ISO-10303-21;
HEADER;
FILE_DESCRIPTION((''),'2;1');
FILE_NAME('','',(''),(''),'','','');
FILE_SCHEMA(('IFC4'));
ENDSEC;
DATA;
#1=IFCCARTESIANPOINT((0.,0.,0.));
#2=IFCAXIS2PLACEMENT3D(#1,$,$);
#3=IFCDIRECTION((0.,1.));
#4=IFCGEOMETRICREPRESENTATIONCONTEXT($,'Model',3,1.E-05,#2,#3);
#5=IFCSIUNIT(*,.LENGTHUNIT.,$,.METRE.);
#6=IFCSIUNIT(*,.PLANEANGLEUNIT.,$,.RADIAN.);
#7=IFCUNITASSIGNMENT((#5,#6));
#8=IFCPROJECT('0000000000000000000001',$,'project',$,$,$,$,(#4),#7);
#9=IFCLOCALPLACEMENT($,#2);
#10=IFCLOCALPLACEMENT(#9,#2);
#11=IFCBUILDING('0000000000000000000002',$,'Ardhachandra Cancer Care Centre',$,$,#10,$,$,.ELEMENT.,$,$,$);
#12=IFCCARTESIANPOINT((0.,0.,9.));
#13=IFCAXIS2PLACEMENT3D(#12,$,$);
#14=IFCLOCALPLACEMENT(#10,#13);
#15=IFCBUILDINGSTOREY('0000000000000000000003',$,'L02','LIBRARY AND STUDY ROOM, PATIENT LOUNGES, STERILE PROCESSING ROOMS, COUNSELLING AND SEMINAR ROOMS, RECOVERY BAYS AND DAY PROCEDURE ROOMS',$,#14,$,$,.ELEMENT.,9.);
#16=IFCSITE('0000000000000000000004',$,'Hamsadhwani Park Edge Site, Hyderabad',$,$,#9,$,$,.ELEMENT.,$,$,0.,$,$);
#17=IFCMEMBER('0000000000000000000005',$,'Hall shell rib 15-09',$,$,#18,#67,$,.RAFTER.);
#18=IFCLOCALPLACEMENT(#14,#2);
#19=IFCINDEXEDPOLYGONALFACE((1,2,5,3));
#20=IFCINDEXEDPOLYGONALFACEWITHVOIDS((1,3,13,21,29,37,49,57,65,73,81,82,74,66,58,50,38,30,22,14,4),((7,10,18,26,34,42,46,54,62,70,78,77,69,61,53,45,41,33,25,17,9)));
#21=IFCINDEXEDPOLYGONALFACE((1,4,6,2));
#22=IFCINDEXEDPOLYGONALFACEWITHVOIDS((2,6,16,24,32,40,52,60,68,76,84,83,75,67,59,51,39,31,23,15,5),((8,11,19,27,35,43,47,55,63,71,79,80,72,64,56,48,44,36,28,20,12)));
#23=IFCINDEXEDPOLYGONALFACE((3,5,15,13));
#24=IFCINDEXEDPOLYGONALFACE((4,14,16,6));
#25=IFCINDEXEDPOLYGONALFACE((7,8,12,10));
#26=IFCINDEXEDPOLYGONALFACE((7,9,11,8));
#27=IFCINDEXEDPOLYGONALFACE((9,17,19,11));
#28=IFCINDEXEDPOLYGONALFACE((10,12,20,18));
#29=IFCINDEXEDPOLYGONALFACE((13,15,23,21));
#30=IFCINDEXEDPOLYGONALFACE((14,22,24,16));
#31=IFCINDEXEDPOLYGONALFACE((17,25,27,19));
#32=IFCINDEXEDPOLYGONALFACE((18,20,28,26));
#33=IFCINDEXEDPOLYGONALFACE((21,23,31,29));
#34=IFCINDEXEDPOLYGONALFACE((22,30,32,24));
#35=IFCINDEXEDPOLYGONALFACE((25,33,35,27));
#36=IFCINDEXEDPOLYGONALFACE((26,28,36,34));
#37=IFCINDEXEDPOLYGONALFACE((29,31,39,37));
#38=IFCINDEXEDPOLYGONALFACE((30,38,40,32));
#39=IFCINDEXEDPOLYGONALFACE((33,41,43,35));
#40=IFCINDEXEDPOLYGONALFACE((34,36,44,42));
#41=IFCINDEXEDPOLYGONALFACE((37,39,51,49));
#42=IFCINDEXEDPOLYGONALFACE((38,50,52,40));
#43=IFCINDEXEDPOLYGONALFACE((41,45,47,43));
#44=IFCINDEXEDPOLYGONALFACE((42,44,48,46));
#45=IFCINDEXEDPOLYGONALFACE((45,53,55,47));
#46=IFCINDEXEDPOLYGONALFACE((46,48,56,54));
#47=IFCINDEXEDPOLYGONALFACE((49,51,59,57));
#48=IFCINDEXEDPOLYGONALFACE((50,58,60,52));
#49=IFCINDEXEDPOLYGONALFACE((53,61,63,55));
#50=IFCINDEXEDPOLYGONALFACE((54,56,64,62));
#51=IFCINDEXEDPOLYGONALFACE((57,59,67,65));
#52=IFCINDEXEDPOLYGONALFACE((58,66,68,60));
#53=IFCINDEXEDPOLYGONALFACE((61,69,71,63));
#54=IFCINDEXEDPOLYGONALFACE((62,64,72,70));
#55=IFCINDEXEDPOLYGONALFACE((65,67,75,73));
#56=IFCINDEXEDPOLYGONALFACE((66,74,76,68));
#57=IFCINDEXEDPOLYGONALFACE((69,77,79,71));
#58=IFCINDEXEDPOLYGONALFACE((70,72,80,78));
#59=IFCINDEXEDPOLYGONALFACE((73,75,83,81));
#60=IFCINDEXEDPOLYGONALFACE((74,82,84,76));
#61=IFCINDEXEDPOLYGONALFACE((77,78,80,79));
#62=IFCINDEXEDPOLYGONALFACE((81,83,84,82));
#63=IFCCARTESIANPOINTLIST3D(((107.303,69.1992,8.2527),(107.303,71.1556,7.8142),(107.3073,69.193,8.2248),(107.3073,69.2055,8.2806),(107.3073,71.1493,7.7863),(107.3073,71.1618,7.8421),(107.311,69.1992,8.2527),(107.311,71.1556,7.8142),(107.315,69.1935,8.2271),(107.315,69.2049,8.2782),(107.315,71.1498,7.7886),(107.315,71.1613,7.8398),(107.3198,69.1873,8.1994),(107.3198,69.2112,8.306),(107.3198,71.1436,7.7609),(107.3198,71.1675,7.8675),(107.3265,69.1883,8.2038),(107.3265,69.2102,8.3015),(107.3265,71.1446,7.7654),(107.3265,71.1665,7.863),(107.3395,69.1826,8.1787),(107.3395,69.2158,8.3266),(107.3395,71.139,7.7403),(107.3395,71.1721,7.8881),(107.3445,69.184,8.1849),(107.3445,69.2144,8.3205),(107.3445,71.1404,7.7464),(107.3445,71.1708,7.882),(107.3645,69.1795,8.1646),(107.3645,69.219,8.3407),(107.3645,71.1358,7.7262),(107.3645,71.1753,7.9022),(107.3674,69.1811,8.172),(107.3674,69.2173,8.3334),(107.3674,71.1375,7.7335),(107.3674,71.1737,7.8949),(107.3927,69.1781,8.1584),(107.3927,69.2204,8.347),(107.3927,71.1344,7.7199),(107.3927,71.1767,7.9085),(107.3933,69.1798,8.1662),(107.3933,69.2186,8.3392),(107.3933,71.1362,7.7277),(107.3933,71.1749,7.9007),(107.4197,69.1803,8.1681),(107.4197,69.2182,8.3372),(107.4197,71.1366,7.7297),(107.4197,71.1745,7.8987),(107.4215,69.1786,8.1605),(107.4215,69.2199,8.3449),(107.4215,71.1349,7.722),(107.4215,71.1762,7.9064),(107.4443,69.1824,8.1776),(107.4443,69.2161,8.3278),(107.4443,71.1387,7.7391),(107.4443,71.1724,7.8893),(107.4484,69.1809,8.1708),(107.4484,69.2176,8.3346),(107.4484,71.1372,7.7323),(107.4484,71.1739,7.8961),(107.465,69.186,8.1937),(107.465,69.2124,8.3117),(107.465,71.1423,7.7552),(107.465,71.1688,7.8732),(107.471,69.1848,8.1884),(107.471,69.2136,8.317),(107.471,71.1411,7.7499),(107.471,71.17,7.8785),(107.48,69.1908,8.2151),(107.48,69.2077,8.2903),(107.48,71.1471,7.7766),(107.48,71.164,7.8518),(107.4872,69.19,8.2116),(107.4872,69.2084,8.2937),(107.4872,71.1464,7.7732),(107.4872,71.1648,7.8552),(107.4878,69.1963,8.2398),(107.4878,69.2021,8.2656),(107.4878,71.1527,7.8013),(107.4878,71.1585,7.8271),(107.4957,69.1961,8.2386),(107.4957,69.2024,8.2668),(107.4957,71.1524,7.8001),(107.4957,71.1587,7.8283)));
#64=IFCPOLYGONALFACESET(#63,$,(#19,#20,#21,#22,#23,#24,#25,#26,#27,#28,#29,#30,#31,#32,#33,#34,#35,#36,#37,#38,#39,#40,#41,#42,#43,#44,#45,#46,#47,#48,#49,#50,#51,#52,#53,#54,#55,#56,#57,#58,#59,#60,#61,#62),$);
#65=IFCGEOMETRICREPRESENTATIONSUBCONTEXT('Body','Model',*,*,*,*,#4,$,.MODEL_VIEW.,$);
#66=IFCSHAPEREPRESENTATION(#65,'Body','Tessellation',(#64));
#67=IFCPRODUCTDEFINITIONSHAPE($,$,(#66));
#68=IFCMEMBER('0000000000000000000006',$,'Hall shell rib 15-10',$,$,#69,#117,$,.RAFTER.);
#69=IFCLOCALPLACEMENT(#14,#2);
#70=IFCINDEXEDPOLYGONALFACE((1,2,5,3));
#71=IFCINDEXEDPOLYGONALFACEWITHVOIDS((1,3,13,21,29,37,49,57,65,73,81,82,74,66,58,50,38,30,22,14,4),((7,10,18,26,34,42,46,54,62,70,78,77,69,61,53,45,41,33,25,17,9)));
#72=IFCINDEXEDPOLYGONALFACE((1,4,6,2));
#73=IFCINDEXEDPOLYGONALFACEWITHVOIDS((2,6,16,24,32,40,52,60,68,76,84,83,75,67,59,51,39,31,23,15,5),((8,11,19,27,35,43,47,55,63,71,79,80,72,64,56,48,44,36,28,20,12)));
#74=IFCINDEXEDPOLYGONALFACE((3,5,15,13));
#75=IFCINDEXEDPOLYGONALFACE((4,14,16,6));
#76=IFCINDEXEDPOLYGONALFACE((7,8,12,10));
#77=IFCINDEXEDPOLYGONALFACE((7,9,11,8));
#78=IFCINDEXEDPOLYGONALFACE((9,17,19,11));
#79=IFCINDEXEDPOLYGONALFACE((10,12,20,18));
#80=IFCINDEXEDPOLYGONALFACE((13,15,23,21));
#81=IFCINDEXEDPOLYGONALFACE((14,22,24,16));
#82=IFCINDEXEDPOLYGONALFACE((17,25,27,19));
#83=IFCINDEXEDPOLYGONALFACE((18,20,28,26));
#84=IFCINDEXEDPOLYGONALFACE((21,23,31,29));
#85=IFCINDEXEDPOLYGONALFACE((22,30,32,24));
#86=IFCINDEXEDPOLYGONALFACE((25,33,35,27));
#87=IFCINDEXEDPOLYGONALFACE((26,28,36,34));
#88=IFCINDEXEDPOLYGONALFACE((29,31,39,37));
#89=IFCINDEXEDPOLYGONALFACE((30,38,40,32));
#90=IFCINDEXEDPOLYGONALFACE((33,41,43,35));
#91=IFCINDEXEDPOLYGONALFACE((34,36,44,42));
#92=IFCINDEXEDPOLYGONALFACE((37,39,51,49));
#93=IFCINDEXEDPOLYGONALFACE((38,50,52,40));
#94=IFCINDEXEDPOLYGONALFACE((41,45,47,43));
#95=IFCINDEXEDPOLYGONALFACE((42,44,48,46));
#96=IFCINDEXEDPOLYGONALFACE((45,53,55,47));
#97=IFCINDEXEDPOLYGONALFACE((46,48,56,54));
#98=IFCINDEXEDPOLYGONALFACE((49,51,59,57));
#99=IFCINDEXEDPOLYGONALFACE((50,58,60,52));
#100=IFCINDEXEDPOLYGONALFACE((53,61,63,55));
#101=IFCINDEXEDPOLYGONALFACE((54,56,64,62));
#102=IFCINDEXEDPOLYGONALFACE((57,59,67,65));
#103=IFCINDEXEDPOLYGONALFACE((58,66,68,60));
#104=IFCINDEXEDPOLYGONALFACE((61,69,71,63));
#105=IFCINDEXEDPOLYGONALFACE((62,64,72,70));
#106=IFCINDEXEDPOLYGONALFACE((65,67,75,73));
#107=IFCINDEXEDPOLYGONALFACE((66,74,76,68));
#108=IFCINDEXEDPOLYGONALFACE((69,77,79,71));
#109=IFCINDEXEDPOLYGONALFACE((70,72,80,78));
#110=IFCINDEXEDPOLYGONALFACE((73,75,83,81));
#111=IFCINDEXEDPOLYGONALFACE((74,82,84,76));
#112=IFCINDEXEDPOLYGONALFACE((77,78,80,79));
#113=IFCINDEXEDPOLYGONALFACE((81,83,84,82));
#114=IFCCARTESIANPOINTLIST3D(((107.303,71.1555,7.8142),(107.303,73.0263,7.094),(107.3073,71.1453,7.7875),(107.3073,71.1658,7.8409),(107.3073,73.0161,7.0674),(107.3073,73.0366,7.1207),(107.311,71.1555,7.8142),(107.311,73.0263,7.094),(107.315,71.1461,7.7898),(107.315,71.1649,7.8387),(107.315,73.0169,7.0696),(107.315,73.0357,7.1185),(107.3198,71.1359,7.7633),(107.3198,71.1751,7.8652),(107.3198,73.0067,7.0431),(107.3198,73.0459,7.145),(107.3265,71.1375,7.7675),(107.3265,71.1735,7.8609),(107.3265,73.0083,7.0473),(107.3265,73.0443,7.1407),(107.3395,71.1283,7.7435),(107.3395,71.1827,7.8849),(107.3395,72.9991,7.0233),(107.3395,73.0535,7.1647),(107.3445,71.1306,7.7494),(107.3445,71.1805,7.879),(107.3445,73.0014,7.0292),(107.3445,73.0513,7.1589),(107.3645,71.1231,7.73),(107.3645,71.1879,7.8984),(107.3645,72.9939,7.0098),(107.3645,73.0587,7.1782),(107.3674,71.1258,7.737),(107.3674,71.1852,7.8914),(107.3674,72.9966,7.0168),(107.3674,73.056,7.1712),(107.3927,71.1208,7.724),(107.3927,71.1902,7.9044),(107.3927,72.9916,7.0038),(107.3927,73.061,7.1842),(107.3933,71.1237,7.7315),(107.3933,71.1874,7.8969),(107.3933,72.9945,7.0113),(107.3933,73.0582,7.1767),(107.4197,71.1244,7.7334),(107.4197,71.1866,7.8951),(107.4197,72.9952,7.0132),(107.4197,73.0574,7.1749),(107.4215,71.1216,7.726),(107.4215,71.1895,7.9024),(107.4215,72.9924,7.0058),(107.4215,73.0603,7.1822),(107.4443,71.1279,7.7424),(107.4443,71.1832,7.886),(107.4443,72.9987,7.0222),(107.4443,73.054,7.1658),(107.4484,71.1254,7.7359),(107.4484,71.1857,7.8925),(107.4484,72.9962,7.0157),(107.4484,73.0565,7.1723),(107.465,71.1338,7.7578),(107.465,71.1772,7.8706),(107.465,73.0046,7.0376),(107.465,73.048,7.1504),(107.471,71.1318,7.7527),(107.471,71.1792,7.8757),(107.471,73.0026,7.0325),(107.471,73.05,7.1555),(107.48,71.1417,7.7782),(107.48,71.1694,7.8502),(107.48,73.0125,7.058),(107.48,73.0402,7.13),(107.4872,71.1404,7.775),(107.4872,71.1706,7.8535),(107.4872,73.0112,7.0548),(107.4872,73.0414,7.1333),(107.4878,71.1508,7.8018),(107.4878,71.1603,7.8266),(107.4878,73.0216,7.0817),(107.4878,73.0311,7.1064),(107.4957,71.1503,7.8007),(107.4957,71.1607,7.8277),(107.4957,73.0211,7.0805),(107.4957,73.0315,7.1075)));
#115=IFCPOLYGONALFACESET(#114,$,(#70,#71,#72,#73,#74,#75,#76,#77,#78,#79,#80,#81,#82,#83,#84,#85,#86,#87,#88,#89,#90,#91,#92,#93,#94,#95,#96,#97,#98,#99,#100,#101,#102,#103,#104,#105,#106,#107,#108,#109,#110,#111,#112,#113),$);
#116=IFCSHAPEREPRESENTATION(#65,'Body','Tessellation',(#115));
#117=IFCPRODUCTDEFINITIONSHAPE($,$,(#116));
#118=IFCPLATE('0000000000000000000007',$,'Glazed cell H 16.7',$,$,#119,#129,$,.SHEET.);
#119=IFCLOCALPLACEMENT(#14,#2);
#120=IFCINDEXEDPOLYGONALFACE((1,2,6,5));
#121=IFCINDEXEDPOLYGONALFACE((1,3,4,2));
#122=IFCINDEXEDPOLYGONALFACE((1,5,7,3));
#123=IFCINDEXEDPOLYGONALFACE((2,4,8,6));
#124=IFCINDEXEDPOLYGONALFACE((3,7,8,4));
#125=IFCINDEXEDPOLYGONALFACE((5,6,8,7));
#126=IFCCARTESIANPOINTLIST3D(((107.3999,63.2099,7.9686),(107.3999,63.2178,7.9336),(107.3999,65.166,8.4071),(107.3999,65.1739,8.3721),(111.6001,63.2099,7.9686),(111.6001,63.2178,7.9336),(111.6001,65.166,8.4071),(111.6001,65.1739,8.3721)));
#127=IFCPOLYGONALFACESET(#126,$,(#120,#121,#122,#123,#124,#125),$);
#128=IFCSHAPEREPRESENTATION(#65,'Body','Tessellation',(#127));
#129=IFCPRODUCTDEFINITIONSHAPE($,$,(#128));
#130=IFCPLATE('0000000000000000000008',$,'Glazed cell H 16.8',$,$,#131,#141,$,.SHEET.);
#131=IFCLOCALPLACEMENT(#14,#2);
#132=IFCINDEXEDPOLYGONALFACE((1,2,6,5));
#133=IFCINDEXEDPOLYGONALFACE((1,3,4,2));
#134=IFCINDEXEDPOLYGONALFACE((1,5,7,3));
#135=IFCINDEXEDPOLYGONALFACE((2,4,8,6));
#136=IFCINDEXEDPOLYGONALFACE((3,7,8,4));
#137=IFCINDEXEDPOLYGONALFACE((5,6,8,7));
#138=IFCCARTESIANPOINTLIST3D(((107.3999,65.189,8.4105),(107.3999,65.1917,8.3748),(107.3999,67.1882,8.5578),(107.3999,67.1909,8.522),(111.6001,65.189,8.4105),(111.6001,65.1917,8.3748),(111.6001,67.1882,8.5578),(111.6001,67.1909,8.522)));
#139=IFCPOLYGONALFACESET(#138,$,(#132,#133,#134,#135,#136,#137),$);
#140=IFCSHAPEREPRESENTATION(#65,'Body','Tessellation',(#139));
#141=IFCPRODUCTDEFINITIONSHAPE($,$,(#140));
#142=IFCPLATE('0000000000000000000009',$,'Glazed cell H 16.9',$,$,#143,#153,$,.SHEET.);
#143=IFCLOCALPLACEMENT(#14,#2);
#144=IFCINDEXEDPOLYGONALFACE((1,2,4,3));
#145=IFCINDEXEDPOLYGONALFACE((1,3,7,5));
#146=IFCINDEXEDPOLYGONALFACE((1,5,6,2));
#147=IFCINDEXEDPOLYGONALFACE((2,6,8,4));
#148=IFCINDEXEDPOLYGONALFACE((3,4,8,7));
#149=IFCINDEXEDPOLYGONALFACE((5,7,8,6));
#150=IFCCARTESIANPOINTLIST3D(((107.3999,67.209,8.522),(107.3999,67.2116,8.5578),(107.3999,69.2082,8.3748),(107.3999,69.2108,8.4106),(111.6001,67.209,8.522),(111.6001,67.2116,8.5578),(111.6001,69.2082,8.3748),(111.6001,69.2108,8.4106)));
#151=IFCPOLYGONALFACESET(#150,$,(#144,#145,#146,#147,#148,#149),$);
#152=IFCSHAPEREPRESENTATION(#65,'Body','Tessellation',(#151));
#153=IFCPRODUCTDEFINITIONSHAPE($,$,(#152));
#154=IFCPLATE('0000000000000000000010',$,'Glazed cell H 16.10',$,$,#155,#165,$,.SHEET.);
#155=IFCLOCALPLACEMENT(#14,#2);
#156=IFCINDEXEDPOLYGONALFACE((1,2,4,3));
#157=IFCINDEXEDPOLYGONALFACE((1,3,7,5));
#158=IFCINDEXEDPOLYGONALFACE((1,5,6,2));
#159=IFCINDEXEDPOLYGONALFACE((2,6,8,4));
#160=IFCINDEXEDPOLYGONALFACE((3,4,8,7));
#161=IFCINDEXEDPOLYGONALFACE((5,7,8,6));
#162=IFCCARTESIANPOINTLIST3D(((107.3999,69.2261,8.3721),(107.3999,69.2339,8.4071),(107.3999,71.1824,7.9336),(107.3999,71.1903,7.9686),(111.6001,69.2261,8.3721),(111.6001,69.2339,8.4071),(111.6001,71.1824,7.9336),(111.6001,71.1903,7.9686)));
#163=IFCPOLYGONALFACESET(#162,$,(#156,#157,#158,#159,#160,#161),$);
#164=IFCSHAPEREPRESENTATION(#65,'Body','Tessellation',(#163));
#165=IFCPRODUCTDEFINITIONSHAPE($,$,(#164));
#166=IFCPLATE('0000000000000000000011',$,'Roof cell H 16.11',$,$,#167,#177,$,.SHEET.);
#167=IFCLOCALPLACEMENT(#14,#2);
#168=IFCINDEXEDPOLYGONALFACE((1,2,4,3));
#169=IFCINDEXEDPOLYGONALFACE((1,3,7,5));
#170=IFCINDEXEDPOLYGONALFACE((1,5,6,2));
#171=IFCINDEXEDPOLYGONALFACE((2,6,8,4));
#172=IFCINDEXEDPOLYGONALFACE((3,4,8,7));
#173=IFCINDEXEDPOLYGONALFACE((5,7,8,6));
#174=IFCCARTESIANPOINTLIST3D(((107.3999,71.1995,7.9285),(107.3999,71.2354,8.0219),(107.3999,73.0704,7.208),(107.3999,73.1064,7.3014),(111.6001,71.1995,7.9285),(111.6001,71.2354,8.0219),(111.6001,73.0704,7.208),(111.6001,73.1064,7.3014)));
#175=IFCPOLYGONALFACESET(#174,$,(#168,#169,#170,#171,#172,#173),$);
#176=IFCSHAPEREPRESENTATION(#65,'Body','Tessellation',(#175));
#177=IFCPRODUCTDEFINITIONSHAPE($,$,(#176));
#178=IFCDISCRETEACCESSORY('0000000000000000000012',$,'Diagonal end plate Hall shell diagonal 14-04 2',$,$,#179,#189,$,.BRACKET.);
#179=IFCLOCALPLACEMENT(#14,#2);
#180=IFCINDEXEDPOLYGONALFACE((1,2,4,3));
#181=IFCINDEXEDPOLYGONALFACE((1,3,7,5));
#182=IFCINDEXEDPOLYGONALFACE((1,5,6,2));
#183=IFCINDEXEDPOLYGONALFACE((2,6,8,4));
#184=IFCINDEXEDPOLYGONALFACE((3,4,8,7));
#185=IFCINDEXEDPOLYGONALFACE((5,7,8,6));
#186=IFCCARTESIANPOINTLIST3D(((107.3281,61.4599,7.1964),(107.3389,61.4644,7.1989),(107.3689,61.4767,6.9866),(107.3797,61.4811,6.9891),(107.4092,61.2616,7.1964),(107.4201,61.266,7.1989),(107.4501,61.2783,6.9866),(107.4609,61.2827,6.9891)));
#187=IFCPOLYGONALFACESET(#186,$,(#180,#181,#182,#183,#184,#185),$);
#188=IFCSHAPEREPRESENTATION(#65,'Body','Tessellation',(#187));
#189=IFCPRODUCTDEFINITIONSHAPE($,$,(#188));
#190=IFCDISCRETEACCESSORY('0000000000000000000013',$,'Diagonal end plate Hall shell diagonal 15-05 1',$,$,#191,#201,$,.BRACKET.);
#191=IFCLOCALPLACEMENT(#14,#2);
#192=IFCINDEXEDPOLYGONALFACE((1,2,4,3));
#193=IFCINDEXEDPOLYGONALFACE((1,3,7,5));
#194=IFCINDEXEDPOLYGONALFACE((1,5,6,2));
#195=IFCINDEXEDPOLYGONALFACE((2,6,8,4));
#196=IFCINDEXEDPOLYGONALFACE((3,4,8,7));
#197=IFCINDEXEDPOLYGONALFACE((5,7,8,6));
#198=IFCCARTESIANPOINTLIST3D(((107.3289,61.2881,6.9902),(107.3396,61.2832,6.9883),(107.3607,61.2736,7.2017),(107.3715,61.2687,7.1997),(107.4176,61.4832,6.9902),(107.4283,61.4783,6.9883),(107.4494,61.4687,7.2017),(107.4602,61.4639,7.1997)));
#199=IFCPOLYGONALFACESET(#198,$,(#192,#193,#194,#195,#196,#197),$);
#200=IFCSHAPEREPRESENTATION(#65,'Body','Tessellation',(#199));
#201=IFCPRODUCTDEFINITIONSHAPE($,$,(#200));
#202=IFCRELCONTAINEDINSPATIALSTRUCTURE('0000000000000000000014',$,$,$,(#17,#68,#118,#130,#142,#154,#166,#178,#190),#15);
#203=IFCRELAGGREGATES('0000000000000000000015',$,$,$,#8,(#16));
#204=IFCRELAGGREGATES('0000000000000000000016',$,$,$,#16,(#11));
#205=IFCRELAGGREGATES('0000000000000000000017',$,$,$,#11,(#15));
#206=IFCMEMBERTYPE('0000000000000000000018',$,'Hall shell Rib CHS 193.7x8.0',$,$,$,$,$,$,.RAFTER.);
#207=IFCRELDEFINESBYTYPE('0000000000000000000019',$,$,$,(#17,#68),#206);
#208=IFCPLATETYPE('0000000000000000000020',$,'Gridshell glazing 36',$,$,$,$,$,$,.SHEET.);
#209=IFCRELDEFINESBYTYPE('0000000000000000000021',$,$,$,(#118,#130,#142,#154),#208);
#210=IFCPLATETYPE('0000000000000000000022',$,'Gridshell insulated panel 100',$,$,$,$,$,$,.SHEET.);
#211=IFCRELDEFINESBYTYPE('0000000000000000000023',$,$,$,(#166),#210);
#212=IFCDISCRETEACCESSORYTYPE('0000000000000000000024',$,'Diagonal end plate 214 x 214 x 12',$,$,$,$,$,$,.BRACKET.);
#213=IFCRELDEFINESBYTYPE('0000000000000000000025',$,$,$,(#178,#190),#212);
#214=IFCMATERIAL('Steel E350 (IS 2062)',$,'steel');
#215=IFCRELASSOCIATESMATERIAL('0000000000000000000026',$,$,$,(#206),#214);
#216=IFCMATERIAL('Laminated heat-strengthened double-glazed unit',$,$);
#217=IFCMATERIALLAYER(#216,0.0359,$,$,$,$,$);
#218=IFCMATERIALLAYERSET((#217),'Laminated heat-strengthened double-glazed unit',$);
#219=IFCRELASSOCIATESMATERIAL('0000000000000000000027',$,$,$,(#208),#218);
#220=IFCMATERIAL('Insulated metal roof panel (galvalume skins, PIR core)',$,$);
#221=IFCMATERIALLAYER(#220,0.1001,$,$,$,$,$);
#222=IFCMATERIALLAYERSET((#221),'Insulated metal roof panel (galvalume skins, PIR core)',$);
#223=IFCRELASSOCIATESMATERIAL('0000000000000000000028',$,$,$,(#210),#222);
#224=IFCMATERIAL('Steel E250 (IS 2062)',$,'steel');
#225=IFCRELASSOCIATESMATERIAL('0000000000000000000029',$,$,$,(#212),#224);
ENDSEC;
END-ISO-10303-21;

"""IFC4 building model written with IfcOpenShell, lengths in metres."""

from ifc_helpers import new_model, si_unit, direction, frame, origin, origin_2d, place, context, subcontext, project, spatial, polyline, rectangle, hollow_circle, outline, extrude, material, layer, layer_set, material_profile, profile_set, type_object, element, save


model = new_model("IFC4")

# Units and contexts
model_context = context("Model", 3, precision=1e-05, world=origin(), true_north=direction((0.0, 1.0)))
body_context = subcontext(model_context, "Body", "Model", "MODEL_VIEW")
ifc_project = project(units=[si_unit("LENGTHUNIT", "METRE"), si_unit("PLANEANGLEUNIT", "RADIAN")], contexts=[model_context])

# Site, building, storey
site_placement = place(None, origin())
site = spatial("IfcSite", under=ifc_project, at=site_placement, Name="Hamsadhwani Park Edge Site, Hyderabad", CompositionType="ELEMENT", RefElevation=0.0)
building_placement = place(site_placement, origin())
building = spatial("IfcBuilding", under=site, at=building_placement, Name="Ardhachandra Cancer Care Centre", CompositionType="ELEMENT")
storey_placement = place(building_placement, frame((0.0, 0.0, 9.0)))
storey = spatial("IfcBuildingStorey", under=building, at=storey_placement, Name="L02", Description="LIBRARY AND STUDY ROOM, PATIENT LOUNGES, STERILE PROCESSING ROOMS, COUNSELLING AND SEMINAR ROOMS, RECOVERY BAYS AND DAY PROCEDURE ROOMS", CompositionType="ELEMENT", Elevation=9.0)

# Members
ifc_material_1 = material(Name="Steel E350 (IS 2062)", Category="steel")
ifc_material_profile_1 = material_profile(ifc_material_1, hollow_circle(Radius=0.0969, WallThickness=0.0081, at=origin_2d()), Name="CHS 193.7x8.0")
ifc_profile_set_1 = profile_set([ifc_material_profile_1], Name="Steel E350 (IS 2062)")
member_type_1 = type_object("IfcMemberType", Name="Hall shell Rib CHS 193.7x8.0", PredefinedType="RAFTER", material=ifc_profile_set_1)
member_1_placement = place(storey_placement, frame((107.3999, 69.1992, 8.2527), z_axis=(0.0, 0.97579, -0.218709), x_axis=(-1.0, 0.0, 0.0)))
element("IfcMember", 1, at=member_1_placement, inside=storey, type_object=member_type_1, Name="Hall shell rib 15-09", PredefinedType="RAFTER", context=body_context, shape_type="SweptSolid", body=[
    extrude(hollow_circle(Radius=0.0969, WallThickness=0.0081, at=origin_2d()), origin(), (0.0, 0.0, 1.0), 2.0049),
])
member_2_placement = place(storey_placement, frame((107.3999, 71.1555, 7.8142), z_axis=(0.0, 0.933236, -0.359265), x_axis=(-1.0, 0.0, 0.0)))
element("IfcMember", 2, at=member_2_placement, inside=storey, type_object=member_type_1, Name="Hall shell rib 15-10", PredefinedType="RAFTER", context=body_context, shape_type="SweptSolid", body=[
    extrude(hollow_circle(Radius=0.0969, WallThickness=0.0081, at=origin_2d()), origin(), (0.0, 0.0, 1.0), 2.0046),
])

# Plates
ifc_material_2 = material(Name="Laminated heat-strengthened double-glazed unit")
ifc_layer_1 = layer(ifc_material_2, 0.0359)
ifc_layer_set_1 = layer_set([ifc_layer_1], Name="Laminated heat-strengthened double-glazed unit")
plate_type_1 = type_object("IfcPlateType", Name="Gridshell glazing 36", PredefinedType="SHEET", material=ifc_layer_set_1)
for number, where, z_axis, x_axis, name in (
    (3, (107.3999, 63.2178, 7.9336), (0.0, -0.218735, 0.975784), (1.0, 0.0, 0.0), "Glazed cell H 16.7"),
    (4, (107.3999, 65.1917, 8.3748), (0.0, -0.073437, 0.9973), (1.0, 0.0, 0.0), "Glazed cell H 16.8"),
    (5, (107.3999, 67.209, 8.522), (0.0, 0.073437, 0.9973), (1.0, 0.0, 0.0), "Glazed cell H 16.9"),
):
    element("IfcPlate", number, at=place(storey_placement, frame(where, z_axis=z_axis, x_axis=x_axis)), inside=storey, type_object=plate_type_1, Name=name, PredefinedType="SHEET", context=body_context, shape_type="SweptSolid", body=[
        extrude(outline(polyline([(0.0, 0.0), (4.2002, 0.0), (4.2002, 2.0046), (0.0, 2.0046), (0.0, 0.0)])), origin(), (0.0, 0.0, 1.0), 0.0359),
    ])
plate_1_placement = place(storey_placement, frame((107.3999, 69.2261, 8.3721), z_axis=(0.0, 0.218709, 0.97579), x_axis=(1.0, 0.0, 0.0)))
element("IfcPlate", 6, at=plate_1_placement, inside=storey, type_object=plate_type_1, Name="Glazed cell H 16.10", PredefinedType="SHEET", context=body_context, shape_type="SweptSolid", body=[
    extrude(outline(polyline([(0.0, 0.0), (4.2002, 0.0), (4.2002, 2.0049), (0.0, 2.0049), (0.0, 0.0)])), origin(), (0.0, 0.0, 1.0), 0.0359),
])
ifc_material_3 = material(Name="Insulated metal roof panel (galvalume skins, PIR core)")
ifc_layer_2 = layer(ifc_material_3, 0.1001)
ifc_layer_set_2 = layer_set([ifc_layer_2], Name="Insulated metal roof panel (galvalume skins, PIR core)")
plate_type_2 = type_object("IfcPlateType", Name="Gridshell insulated panel 100", PredefinedType="SHEET", material=ifc_layer_set_2)
plate_2_placement = place(storey_placement, frame((107.3999, 71.1995, 7.9285), z_axis=(0.0, 0.359371, 0.933195), x_axis=(1.0, 0.0, 0.0)))
element("IfcPlate", 7, at=plate_2_placement, inside=storey, type_object=plate_type_2, Name="Roof cell H 16.11", PredefinedType="SHEET", context=body_context, shape_type="SweptSolid", body=[
    extrude(outline(polyline([(0.0, 0.0), (4.2002, 0.0), (4.2002, 2.0049), (0.0, 2.0049), (0.0, 0.0)])), origin(), (0.0, 0.0, 1.0), 0.1001),
])

# Discrete accessories
ifc_material_4 = material(Name="Steel E250 (IS 2062)", Category="steel")
ifc_material_profile_2 = material_profile(ifc_material_4, rectangle(XDim=0.2144, YDim=0.2144, at=origin_2d()), Name="PL 214x214x12")
ifc_profile_set_2 = profile_set([ifc_material_profile_2], Name="Steel E250 (IS 2062)")
discrete_accessory_type = type_object("IfcDiscreteAccessoryType", Name="Diagonal end plate 214 x 214 x 12", PredefinedType="BRACKET", material=ifc_profile_set_2)
for number, where, z_axis, x_axis, name in (
    (8, (107.3999, 61.3735, 7.094), (-0.905726, -0.370524, -0.205847), (0.378633, -0.925547, 0.0), "Diagonal end plate Hall shell diagonal 14-04 2"),
    (9, (107.3999, 61.3735, 7.094), (-0.898146, 0.408248, 0.163299), (-0.413803, -0.910366, 0.0), "Diagonal end plate Hall shell diagonal 15-05 1"),
):
    element("IfcDiscreteAccessory", number, at=place(storey_placement, frame(where, z_axis=z_axis, x_axis=x_axis)), inside=storey, type_object=discrete_accessory_type, Name=name, PredefinedType="BRACKET", context=body_context, shape_type="SweptSolid", body=[
        extrude(rectangle(XDim=0.2144, YDim=0.2144, at=origin_2d()), origin(), (0.0, 0.0, 1.0), 0.012),
    ])

save(model, "model.ifc")
